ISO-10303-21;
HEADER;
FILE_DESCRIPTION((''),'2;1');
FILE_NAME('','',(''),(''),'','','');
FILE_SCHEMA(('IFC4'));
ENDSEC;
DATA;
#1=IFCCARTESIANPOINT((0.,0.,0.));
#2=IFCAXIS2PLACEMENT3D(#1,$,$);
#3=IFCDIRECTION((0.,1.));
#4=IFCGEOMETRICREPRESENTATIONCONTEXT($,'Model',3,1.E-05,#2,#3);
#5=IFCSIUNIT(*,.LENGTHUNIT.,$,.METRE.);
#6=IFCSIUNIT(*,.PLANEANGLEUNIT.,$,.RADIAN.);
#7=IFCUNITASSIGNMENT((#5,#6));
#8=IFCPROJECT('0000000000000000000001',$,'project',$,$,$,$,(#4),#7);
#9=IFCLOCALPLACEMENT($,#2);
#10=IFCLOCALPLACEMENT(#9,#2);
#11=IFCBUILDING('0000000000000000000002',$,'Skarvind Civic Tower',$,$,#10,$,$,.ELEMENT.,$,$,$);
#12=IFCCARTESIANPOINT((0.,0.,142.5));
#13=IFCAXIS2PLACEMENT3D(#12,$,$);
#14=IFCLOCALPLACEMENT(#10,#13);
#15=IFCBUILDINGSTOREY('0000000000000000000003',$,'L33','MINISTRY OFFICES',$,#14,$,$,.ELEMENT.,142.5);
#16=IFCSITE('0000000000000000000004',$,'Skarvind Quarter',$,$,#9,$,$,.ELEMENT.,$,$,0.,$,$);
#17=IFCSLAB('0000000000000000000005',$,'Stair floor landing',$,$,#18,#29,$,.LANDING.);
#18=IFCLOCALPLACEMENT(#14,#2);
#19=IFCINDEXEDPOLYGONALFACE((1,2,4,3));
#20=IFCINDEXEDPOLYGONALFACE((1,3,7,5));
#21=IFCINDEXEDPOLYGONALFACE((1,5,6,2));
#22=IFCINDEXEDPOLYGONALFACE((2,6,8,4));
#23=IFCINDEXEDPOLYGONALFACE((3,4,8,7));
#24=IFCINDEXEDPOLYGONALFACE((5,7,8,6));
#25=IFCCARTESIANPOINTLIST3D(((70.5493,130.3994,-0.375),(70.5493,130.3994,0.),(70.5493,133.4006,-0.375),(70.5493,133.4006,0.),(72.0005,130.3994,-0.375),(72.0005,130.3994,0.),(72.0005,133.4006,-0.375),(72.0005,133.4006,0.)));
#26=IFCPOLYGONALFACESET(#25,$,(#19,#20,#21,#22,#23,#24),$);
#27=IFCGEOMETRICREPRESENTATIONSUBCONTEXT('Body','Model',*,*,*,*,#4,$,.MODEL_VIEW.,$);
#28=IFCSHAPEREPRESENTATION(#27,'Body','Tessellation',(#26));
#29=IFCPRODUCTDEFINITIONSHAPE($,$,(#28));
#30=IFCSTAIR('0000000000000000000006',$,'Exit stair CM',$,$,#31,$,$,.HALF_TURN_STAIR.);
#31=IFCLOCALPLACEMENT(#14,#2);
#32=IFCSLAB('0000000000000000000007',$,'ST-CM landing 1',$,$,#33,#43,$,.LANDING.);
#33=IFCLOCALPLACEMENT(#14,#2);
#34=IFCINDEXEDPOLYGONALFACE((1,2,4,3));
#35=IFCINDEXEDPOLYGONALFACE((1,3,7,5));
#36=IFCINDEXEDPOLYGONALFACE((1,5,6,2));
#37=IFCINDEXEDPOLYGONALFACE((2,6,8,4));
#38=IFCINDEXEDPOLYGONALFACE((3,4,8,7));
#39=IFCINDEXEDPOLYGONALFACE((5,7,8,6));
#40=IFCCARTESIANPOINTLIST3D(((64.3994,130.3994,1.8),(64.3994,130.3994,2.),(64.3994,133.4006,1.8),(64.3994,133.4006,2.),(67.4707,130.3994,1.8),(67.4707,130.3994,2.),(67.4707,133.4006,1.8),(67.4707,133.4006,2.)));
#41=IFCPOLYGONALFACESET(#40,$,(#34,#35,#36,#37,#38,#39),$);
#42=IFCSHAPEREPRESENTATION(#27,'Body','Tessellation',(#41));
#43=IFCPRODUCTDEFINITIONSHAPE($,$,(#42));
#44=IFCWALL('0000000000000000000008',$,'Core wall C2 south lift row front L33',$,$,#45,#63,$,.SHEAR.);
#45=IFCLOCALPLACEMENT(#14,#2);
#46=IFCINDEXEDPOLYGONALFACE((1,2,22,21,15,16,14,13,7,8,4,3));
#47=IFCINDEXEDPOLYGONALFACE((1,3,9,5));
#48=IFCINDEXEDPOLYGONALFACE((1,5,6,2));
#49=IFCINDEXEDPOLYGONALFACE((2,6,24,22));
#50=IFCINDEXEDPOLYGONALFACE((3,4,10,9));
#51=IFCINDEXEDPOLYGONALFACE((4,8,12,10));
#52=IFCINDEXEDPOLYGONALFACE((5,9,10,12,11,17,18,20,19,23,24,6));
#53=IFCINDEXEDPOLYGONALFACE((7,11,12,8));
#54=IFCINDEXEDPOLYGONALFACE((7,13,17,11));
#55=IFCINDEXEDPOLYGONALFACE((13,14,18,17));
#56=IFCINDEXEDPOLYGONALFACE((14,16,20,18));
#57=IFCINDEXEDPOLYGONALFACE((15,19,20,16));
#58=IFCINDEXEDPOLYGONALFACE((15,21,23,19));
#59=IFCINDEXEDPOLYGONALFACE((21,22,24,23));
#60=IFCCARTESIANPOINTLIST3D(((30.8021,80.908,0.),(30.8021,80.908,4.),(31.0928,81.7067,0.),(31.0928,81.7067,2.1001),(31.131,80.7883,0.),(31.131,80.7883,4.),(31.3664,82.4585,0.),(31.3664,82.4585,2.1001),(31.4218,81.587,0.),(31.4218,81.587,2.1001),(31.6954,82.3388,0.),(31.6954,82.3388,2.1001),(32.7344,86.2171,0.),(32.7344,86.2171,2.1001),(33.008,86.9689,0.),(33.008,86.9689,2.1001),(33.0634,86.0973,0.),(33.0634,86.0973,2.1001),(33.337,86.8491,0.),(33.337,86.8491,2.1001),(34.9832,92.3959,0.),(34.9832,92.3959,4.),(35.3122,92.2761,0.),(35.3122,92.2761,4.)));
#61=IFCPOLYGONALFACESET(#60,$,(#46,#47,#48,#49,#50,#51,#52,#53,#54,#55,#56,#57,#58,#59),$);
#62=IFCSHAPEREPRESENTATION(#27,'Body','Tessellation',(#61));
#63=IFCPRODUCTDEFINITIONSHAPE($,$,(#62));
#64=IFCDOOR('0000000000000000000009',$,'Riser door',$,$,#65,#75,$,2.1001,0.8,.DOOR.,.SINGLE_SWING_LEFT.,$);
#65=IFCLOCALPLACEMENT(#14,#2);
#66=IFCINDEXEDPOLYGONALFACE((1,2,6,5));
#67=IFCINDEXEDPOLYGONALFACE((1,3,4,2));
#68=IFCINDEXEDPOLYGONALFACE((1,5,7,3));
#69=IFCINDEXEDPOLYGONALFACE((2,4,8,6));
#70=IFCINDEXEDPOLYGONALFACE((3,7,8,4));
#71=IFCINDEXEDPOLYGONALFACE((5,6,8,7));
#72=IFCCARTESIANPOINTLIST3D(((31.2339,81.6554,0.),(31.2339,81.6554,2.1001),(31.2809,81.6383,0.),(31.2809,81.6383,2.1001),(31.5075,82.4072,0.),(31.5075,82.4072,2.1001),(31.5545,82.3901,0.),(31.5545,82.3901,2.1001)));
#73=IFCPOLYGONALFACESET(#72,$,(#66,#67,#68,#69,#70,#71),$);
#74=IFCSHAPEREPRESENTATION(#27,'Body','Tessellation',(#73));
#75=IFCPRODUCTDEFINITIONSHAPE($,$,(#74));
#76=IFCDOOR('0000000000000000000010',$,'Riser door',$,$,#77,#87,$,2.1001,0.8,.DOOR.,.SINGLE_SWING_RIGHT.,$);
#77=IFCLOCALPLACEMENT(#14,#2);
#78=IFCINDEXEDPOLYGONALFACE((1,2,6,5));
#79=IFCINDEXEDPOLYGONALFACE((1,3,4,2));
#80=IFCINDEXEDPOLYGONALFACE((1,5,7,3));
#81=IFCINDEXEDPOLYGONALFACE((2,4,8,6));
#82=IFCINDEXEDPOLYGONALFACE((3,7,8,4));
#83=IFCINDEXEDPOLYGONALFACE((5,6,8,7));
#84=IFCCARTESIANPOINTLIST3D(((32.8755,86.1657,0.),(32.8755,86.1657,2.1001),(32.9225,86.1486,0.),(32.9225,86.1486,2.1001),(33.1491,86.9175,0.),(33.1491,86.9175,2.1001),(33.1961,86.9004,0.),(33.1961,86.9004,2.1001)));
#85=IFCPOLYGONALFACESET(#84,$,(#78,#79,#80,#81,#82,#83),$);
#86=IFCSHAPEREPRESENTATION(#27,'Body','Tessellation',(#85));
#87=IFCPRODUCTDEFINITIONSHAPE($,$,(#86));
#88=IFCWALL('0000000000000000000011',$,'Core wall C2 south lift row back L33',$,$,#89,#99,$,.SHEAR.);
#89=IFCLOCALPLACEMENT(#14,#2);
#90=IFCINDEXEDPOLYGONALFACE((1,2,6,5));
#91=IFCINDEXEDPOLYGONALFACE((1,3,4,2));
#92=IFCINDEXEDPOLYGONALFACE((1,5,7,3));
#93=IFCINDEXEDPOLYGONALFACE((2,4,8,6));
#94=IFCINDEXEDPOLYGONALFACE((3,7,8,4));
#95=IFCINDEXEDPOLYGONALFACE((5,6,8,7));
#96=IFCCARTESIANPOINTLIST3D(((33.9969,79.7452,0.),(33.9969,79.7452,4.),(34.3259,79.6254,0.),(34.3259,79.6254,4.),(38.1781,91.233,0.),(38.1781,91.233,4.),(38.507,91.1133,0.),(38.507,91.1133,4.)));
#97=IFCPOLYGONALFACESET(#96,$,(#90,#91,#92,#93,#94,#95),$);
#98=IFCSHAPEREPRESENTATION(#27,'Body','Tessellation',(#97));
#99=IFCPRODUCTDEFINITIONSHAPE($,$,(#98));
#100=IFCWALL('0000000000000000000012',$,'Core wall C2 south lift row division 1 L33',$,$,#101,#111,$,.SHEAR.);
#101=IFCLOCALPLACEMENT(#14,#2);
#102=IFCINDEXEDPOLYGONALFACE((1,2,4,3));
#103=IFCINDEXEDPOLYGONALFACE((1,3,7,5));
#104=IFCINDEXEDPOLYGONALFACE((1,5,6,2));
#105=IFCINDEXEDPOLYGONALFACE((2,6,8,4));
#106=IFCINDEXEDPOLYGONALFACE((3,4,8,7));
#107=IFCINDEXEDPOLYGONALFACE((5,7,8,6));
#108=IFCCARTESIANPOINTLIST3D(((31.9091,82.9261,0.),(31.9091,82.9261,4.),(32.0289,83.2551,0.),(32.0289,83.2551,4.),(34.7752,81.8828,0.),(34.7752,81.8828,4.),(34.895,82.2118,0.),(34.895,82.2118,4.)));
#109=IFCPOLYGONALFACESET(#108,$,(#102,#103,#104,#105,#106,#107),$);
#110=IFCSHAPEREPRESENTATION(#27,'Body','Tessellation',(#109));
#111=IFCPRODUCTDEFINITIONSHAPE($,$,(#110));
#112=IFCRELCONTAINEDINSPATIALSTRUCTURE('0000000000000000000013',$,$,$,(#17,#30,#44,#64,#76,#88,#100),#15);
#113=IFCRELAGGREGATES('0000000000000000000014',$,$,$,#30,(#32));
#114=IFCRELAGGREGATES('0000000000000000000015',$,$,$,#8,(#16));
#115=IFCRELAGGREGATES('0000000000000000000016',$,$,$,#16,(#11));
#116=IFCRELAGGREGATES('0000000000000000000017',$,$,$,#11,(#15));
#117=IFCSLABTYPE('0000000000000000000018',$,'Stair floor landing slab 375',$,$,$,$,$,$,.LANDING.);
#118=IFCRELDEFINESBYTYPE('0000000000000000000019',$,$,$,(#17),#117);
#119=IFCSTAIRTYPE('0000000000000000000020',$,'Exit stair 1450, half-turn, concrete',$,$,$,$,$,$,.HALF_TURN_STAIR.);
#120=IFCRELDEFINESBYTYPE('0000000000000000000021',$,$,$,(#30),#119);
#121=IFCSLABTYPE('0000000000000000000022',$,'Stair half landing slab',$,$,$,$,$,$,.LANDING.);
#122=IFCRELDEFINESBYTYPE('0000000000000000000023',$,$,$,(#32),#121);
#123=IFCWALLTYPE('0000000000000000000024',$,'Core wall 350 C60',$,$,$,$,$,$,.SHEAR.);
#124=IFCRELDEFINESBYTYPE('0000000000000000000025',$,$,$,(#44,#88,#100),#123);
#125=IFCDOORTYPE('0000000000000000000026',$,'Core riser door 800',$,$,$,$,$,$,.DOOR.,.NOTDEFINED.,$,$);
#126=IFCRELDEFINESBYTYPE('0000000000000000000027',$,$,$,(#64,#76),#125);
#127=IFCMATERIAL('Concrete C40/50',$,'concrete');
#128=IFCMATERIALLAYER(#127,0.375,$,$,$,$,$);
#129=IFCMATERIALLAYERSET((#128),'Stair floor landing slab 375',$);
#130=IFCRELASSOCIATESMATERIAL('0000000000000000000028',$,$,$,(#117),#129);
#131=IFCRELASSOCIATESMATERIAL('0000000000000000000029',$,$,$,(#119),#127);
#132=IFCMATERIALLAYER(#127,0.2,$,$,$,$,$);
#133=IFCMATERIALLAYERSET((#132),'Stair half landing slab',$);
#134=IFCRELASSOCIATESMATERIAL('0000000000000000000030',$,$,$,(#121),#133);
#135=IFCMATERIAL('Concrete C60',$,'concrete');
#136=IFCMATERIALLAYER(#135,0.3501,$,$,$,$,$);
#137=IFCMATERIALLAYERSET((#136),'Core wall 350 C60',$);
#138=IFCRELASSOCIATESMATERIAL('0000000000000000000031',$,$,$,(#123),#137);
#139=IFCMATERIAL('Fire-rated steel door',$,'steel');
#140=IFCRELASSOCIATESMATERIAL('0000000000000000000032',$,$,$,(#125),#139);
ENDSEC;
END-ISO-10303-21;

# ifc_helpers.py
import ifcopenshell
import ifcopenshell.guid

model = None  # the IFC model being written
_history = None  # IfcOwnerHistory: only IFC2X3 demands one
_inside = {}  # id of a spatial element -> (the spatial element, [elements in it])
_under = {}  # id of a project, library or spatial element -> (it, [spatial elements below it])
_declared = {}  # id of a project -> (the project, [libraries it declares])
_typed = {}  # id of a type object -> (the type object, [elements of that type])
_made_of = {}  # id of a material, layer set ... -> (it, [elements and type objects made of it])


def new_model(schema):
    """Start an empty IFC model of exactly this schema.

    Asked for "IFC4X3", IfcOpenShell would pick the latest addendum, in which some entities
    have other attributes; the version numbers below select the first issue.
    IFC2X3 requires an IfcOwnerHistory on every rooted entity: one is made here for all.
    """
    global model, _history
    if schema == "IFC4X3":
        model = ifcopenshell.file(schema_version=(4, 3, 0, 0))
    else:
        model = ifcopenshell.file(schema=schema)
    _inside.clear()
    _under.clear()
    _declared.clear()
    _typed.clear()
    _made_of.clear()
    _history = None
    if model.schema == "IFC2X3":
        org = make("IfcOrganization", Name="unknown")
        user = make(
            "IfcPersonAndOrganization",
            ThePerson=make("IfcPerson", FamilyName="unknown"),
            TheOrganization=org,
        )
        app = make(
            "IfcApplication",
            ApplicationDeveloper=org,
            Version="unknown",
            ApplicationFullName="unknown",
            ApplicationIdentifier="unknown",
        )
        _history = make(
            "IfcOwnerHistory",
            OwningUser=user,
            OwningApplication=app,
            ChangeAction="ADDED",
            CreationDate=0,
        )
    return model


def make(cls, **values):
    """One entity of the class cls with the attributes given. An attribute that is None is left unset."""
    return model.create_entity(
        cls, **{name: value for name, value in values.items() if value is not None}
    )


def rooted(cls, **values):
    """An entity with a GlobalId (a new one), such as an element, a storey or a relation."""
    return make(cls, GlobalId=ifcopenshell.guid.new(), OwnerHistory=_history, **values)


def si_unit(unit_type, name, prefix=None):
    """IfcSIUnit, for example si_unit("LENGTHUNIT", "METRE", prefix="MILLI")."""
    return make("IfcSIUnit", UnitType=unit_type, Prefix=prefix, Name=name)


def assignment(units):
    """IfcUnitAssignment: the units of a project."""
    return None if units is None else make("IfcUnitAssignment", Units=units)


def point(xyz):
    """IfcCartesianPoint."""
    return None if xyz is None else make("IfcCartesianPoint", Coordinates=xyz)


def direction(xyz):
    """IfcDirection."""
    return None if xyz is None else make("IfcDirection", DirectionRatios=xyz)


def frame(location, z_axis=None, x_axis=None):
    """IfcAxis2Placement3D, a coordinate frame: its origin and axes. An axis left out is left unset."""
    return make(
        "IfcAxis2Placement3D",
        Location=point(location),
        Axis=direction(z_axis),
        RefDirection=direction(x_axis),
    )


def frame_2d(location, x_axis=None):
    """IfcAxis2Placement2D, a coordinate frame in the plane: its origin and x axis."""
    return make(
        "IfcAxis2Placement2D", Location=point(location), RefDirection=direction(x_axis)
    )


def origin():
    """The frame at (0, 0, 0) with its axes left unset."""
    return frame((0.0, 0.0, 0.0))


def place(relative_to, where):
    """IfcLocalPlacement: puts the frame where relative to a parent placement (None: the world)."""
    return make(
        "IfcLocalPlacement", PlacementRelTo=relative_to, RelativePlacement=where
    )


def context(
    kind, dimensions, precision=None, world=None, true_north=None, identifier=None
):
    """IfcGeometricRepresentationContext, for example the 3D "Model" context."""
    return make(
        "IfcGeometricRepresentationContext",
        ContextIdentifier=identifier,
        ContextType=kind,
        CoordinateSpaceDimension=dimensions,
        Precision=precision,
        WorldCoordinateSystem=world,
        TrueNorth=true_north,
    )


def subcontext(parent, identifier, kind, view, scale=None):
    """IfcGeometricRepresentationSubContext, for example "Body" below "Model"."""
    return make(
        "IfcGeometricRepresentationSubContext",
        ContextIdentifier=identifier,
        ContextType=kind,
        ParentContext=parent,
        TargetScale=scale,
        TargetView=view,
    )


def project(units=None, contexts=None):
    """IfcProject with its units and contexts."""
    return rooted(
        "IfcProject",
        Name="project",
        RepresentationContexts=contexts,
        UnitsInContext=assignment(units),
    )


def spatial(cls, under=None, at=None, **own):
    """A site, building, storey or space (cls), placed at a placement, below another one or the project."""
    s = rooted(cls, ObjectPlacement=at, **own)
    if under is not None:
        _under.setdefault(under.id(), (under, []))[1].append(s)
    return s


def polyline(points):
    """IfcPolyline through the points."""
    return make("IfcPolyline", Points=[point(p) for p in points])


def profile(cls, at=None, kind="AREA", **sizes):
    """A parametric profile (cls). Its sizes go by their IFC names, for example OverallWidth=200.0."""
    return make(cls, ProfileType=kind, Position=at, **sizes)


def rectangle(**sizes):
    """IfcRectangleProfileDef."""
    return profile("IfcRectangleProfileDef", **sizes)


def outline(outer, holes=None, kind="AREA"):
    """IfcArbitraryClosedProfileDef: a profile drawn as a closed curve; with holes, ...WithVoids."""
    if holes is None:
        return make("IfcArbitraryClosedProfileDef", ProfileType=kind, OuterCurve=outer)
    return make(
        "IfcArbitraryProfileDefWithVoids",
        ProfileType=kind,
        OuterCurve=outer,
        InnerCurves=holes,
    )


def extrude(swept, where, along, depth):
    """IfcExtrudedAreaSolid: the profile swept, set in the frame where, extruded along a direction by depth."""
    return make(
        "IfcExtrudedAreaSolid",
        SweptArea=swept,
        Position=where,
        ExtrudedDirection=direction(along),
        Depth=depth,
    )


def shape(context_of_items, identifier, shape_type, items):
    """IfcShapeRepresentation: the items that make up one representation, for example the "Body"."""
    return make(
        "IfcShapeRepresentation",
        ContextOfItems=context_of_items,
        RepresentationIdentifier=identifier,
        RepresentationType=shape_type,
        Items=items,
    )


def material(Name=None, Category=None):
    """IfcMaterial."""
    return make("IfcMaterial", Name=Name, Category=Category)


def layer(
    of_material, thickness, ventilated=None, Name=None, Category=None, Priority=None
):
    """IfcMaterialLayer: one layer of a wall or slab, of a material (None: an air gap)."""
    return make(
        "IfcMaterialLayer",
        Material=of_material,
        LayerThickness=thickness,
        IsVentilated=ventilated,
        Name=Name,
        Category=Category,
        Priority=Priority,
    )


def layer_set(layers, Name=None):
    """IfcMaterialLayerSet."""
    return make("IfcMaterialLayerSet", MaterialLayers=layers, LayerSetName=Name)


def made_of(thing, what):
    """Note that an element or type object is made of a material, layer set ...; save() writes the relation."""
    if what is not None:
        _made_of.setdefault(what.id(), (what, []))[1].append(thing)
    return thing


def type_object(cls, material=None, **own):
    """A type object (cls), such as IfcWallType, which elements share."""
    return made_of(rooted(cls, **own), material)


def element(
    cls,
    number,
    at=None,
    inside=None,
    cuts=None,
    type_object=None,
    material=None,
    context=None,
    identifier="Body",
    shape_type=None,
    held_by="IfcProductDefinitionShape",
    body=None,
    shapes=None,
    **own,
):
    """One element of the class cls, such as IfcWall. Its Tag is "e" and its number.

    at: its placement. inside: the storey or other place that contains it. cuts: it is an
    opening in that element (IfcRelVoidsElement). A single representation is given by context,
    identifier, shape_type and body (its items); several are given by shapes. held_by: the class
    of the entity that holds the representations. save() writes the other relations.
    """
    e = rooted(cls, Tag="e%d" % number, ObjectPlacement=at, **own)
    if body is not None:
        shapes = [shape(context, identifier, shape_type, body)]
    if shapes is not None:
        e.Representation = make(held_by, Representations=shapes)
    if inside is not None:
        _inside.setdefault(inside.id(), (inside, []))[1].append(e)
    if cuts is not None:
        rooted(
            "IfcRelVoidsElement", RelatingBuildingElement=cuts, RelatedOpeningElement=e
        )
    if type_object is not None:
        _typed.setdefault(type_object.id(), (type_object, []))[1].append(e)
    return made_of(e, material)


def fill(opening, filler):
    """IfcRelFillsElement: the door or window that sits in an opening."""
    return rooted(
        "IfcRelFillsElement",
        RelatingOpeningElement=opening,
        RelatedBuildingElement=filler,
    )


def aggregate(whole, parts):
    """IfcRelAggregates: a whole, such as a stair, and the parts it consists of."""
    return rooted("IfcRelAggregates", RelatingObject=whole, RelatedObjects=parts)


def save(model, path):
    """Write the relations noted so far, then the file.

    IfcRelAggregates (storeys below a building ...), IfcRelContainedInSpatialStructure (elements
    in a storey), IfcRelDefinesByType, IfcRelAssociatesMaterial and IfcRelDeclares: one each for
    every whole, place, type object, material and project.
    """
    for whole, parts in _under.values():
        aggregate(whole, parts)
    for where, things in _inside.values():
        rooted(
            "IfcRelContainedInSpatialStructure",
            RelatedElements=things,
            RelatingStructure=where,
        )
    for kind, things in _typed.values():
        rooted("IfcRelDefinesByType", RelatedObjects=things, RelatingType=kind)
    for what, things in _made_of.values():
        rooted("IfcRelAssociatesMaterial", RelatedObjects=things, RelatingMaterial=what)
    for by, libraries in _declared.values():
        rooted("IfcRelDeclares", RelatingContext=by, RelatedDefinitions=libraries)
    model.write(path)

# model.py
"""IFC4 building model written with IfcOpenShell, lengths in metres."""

from ifc_helpers import new_model, si_unit, direction, frame, frame_2d, origin, place, context, subcontext, project, spatial, polyline, rectangle, outline, extrude, material, layer, layer_set, type_object, element, fill, aggregate, save


model = new_model("IFC4")

# Units and contexts
model_context = context("Model", 3, precision=1e-05, world=origin(), true_north=direction((0.0, 1.0)))
body_context = subcontext(model_context, "Body", "Model", "MODEL_VIEW")
ifc_project = project(units=[si_unit("LENGTHUNIT", "METRE"), si_unit("PLANEANGLEUNIT", "RADIAN")], contexts=[model_context])

# Site, building, storey
site_placement = place(None, origin())
site = spatial("IfcSite", under=ifc_project, at=site_placement, Name="Skarvind Quarter", CompositionType="ELEMENT", RefElevation=0.0)
building_placement = place(site_placement, origin())
building = spatial("IfcBuilding", under=site, at=building_placement, Name="Skarvind Civic Tower", CompositionType="ELEMENT")
storey_placement = place(building_placement, frame((0.0, 0.0, 142.5)))
storey = spatial("IfcBuildingStorey", under=building, at=storey_placement, Name="L33", Description="MINISTRY OFFICES", CompositionType="ELEMENT", Elevation=142.5)

# Slab
ifc_material_1 = material(Name="Concrete C40/50", Category="concrete")
ifc_layer_1 = layer(ifc_material_1, 0.375)
ifc_layer_set_1 = layer_set([ifc_layer_1], Name="Stair floor landing slab 375")
slab_type_1 = type_object("IfcSlabType", Name="Stair floor landing slab 375", PredefinedType="LANDING", material=ifc_layer_set_1)
slab_1_placement = place(storey_placement, frame((0.0, 0.0, -0.375)))
element("IfcSlab", 1, at=slab_1_placement, inside=storey, type_object=slab_type_1, Name="Stair floor landing", PredefinedType="LANDING", context=body_context, shape_type="SweptSolid", body=[
    extrude(outline(polyline([(70.5493, 130.3994), (70.5493, 133.4006), (72.0005, 133.4006), (72.0005, 130.3994), (70.5493, 130.3994)])), origin(), (0.0, 0.0, 1.0), 0.375),
])

# Stair, slab
stair_type_1 = type_object("IfcStairType", Name="Exit stair 1450, half-turn, concrete", PredefinedType="HALF_TURN_STAIR", material=ifc_material_1)
stair_1_placement = place(storey_placement, origin())
stair_1 = element("IfcStair", 2, at=stair_1_placement, inside=storey, type_object=stair_type_1, Name="Exit stair CM", PredefinedType="HALF_TURN_STAIR")
ifc_layer_2 = layer(ifc_material_1, 0.2)
ifc_layer_set_2 = layer_set([ifc_layer_2], Name="Stair half landing slab")
slab_type_2 = type_object("IfcSlabType", Name="Stair half landing slab", PredefinedType="LANDING", material=ifc_layer_set_2)
slab_2_placement = place(storey_placement, frame((0.0, 0.0, 1.8)))
slab_2 = element("IfcSlab", 3, at=slab_2_placement, type_object=slab_type_2, Name="ST-CM landing 1", PredefinedType="LANDING", context=body_context, shape_type="SweptSolid", body=[
    extrude(outline(polyline([(67.4707, 133.4006), (67.4707, 130.3994), (64.3994, 130.3994), (64.3994, 133.4006), (67.4707, 133.4006)])), origin(), (0.0, 0.0, 1.0), 0.2),
])
aggregate(stair_1, [slab_2])

# Wall, openings, doors
ifc_material_2 = material(Name="Concrete C60", Category="concrete")
ifc_layer_3 = layer(ifc_material_2, 0.3501)
ifc_layer_set_3 = layer_set([ifc_layer_3], Name="Core wall 350 C60")
wall_type_1 = type_object("IfcWallType", Name="Core wall 350 C60", PredefinedType="SHEAR", material=ifc_layer_set_3)
wall_1_placement = place(storey_placement, frame((30.9666, 80.8481, 0.0), z_axis=(0.0, 0.0, 1.0), x_axis=(0.342016, 0.939694, 0.0)))
wall_1 = element("IfcWall", 4, at=wall_1_placement, inside=storey, type_object=wall_type_1, Name="Core wall C2 south lift row front L33", PredefinedType="SHEAR", context=body_context, shape_type="SweptSolid", body=[
    extrude(rectangle(XDim=12.2251, YDim=0.3501, at=frame_2d((6.1125, 0.0))), origin(), (0.0, 0.0, 1.0), 4.0),
])
opening_1_placement = place(wall_1_placement, frame((0.8501, 0.0, 0.0)))
opening_1 = element("IfcOpeningElement", 5, at=opening_1_placement, cuts=wall_1, PredefinedType="OPENING", context=body_context, shape_type="SweptSolid", body=[
    extrude(rectangle(XDim=0.8, YDim=2.1001, at=frame_2d((0.3999, 1.05))), frame((0.0, 0.1851, 0.0), z_axis=(0.0, -1.0, 0.0), x_axis=(1.0, 0.0, 0.0)), (0.0, 0.0, 1.0), 0.3701),
])
opening_2_placement = place(wall_1_placement, frame((5.6499, 0.0, 0.0)))
opening_2 = element("IfcOpeningElement", 6, at=opening_2_placement, cuts=wall_1, PredefinedType="OPENING", context=body_context, shape_type="SweptSolid", body=[
    extrude(rectangle(XDim=0.8, YDim=2.1001, at=frame_2d((0.3999, 1.05))), frame((0.0, 0.1851, 0.0), z_axis=(0.0, -1.0, 0.0), x_axis=(1.0, 0.0, 0.0)), (0.0, 0.0, 1.0), 0.3701),
])
ifc_material_3 = material(Name="Fire-rated steel door", Category="steel")
door_type_1 = type_object("IfcDoorType", Name="Core riser door 800", OperationType="NOTDEFINED", PredefinedType="DOOR", material=ifc_material_3)
door_1_placement = place(opening_1_placement, origin())
door_1 = element("IfcDoor", 7, at=door_1_placement, inside=storey, type_object=door_type_1, Name="Riser door", OperationType="SINGLE_SWING_LEFT", OverallHeight=2.1001, OverallWidth=0.8, PredefinedType="DOOR", context=body_context, shape_type="SweptSolid", body=[
    extrude(rectangle(XDim=0.8, YDim=2.1001, at=frame_2d((0.3999, 1.05))), frame((0.0, 0.0249, 0.0), z_axis=(0.0, -1.0, 0.0), x_axis=(1.0, 0.0, 0.0)), (0.0, 0.0, 1.0), 0.05),
])
fill(opening_1, door_1)
door_2_placement = place(opening_2_placement, origin())
door_2 = element("IfcDoor", 8, at=door_2_placement, inside=storey, type_object=door_type_1, Name="Riser door", OperationType="SINGLE_SWING_RIGHT", OverallHeight=2.1001, OverallWidth=0.8, PredefinedType="DOOR", context=body_context, shape_type="SweptSolid", body=[
    extrude(rectangle(XDim=0.8, YDim=2.1001, at=frame_2d((0.3999, 1.05))), frame((0.0, 0.0249, 0.0), z_axis=(0.0, -1.0, 0.0), x_axis=(1.0, 0.0, 0.0)), (0.0, 0.0, 1.0), 0.05),
])
fill(opening_2, door_2)

# Walls
wall_2_placement = place(storey_placement, frame((34.1614, 79.6853, 0.0), z_axis=(0.0, 0.0, 1.0), x_axis=(0.342016, 0.939694, 0.0)))
element("IfcWall", 9, at=wall_2_placement, inside=storey, type_object=wall_type_1, Name="Core wall C2 south lift row back L33", PredefinedType="SHEAR", context=body_context, shape_type="SweptSolid", body=[
    extrude(rectangle(XDim=12.2251, YDim=0.3501, at=frame_2d((6.1125, 0.0))), origin(), (0.0, 0.0, 1.0), 4.0),
])
wall_3_placement = place(storey_placement, frame((34.835, 82.0474, 0.0), z_axis=(0.0, 0.0, 1.0), x_axis=(-0.939684, 0.342045, 0.0)))
element("IfcWall", 10, at=wall_3_placement, inside=storey, type_object=wall_type_1, Name="Core wall C2 south lift row division 1 L33", PredefinedType="SHEAR", context=body_context, shape_type="SweptSolid", body=[
    extrude(rectangle(XDim=3.05, YDim=0.3501, at=frame_2d((1.5249, 0.0))), origin(), (0.0, 0.0, 1.0), 4.0),
])

save(model, "model.ifc")
